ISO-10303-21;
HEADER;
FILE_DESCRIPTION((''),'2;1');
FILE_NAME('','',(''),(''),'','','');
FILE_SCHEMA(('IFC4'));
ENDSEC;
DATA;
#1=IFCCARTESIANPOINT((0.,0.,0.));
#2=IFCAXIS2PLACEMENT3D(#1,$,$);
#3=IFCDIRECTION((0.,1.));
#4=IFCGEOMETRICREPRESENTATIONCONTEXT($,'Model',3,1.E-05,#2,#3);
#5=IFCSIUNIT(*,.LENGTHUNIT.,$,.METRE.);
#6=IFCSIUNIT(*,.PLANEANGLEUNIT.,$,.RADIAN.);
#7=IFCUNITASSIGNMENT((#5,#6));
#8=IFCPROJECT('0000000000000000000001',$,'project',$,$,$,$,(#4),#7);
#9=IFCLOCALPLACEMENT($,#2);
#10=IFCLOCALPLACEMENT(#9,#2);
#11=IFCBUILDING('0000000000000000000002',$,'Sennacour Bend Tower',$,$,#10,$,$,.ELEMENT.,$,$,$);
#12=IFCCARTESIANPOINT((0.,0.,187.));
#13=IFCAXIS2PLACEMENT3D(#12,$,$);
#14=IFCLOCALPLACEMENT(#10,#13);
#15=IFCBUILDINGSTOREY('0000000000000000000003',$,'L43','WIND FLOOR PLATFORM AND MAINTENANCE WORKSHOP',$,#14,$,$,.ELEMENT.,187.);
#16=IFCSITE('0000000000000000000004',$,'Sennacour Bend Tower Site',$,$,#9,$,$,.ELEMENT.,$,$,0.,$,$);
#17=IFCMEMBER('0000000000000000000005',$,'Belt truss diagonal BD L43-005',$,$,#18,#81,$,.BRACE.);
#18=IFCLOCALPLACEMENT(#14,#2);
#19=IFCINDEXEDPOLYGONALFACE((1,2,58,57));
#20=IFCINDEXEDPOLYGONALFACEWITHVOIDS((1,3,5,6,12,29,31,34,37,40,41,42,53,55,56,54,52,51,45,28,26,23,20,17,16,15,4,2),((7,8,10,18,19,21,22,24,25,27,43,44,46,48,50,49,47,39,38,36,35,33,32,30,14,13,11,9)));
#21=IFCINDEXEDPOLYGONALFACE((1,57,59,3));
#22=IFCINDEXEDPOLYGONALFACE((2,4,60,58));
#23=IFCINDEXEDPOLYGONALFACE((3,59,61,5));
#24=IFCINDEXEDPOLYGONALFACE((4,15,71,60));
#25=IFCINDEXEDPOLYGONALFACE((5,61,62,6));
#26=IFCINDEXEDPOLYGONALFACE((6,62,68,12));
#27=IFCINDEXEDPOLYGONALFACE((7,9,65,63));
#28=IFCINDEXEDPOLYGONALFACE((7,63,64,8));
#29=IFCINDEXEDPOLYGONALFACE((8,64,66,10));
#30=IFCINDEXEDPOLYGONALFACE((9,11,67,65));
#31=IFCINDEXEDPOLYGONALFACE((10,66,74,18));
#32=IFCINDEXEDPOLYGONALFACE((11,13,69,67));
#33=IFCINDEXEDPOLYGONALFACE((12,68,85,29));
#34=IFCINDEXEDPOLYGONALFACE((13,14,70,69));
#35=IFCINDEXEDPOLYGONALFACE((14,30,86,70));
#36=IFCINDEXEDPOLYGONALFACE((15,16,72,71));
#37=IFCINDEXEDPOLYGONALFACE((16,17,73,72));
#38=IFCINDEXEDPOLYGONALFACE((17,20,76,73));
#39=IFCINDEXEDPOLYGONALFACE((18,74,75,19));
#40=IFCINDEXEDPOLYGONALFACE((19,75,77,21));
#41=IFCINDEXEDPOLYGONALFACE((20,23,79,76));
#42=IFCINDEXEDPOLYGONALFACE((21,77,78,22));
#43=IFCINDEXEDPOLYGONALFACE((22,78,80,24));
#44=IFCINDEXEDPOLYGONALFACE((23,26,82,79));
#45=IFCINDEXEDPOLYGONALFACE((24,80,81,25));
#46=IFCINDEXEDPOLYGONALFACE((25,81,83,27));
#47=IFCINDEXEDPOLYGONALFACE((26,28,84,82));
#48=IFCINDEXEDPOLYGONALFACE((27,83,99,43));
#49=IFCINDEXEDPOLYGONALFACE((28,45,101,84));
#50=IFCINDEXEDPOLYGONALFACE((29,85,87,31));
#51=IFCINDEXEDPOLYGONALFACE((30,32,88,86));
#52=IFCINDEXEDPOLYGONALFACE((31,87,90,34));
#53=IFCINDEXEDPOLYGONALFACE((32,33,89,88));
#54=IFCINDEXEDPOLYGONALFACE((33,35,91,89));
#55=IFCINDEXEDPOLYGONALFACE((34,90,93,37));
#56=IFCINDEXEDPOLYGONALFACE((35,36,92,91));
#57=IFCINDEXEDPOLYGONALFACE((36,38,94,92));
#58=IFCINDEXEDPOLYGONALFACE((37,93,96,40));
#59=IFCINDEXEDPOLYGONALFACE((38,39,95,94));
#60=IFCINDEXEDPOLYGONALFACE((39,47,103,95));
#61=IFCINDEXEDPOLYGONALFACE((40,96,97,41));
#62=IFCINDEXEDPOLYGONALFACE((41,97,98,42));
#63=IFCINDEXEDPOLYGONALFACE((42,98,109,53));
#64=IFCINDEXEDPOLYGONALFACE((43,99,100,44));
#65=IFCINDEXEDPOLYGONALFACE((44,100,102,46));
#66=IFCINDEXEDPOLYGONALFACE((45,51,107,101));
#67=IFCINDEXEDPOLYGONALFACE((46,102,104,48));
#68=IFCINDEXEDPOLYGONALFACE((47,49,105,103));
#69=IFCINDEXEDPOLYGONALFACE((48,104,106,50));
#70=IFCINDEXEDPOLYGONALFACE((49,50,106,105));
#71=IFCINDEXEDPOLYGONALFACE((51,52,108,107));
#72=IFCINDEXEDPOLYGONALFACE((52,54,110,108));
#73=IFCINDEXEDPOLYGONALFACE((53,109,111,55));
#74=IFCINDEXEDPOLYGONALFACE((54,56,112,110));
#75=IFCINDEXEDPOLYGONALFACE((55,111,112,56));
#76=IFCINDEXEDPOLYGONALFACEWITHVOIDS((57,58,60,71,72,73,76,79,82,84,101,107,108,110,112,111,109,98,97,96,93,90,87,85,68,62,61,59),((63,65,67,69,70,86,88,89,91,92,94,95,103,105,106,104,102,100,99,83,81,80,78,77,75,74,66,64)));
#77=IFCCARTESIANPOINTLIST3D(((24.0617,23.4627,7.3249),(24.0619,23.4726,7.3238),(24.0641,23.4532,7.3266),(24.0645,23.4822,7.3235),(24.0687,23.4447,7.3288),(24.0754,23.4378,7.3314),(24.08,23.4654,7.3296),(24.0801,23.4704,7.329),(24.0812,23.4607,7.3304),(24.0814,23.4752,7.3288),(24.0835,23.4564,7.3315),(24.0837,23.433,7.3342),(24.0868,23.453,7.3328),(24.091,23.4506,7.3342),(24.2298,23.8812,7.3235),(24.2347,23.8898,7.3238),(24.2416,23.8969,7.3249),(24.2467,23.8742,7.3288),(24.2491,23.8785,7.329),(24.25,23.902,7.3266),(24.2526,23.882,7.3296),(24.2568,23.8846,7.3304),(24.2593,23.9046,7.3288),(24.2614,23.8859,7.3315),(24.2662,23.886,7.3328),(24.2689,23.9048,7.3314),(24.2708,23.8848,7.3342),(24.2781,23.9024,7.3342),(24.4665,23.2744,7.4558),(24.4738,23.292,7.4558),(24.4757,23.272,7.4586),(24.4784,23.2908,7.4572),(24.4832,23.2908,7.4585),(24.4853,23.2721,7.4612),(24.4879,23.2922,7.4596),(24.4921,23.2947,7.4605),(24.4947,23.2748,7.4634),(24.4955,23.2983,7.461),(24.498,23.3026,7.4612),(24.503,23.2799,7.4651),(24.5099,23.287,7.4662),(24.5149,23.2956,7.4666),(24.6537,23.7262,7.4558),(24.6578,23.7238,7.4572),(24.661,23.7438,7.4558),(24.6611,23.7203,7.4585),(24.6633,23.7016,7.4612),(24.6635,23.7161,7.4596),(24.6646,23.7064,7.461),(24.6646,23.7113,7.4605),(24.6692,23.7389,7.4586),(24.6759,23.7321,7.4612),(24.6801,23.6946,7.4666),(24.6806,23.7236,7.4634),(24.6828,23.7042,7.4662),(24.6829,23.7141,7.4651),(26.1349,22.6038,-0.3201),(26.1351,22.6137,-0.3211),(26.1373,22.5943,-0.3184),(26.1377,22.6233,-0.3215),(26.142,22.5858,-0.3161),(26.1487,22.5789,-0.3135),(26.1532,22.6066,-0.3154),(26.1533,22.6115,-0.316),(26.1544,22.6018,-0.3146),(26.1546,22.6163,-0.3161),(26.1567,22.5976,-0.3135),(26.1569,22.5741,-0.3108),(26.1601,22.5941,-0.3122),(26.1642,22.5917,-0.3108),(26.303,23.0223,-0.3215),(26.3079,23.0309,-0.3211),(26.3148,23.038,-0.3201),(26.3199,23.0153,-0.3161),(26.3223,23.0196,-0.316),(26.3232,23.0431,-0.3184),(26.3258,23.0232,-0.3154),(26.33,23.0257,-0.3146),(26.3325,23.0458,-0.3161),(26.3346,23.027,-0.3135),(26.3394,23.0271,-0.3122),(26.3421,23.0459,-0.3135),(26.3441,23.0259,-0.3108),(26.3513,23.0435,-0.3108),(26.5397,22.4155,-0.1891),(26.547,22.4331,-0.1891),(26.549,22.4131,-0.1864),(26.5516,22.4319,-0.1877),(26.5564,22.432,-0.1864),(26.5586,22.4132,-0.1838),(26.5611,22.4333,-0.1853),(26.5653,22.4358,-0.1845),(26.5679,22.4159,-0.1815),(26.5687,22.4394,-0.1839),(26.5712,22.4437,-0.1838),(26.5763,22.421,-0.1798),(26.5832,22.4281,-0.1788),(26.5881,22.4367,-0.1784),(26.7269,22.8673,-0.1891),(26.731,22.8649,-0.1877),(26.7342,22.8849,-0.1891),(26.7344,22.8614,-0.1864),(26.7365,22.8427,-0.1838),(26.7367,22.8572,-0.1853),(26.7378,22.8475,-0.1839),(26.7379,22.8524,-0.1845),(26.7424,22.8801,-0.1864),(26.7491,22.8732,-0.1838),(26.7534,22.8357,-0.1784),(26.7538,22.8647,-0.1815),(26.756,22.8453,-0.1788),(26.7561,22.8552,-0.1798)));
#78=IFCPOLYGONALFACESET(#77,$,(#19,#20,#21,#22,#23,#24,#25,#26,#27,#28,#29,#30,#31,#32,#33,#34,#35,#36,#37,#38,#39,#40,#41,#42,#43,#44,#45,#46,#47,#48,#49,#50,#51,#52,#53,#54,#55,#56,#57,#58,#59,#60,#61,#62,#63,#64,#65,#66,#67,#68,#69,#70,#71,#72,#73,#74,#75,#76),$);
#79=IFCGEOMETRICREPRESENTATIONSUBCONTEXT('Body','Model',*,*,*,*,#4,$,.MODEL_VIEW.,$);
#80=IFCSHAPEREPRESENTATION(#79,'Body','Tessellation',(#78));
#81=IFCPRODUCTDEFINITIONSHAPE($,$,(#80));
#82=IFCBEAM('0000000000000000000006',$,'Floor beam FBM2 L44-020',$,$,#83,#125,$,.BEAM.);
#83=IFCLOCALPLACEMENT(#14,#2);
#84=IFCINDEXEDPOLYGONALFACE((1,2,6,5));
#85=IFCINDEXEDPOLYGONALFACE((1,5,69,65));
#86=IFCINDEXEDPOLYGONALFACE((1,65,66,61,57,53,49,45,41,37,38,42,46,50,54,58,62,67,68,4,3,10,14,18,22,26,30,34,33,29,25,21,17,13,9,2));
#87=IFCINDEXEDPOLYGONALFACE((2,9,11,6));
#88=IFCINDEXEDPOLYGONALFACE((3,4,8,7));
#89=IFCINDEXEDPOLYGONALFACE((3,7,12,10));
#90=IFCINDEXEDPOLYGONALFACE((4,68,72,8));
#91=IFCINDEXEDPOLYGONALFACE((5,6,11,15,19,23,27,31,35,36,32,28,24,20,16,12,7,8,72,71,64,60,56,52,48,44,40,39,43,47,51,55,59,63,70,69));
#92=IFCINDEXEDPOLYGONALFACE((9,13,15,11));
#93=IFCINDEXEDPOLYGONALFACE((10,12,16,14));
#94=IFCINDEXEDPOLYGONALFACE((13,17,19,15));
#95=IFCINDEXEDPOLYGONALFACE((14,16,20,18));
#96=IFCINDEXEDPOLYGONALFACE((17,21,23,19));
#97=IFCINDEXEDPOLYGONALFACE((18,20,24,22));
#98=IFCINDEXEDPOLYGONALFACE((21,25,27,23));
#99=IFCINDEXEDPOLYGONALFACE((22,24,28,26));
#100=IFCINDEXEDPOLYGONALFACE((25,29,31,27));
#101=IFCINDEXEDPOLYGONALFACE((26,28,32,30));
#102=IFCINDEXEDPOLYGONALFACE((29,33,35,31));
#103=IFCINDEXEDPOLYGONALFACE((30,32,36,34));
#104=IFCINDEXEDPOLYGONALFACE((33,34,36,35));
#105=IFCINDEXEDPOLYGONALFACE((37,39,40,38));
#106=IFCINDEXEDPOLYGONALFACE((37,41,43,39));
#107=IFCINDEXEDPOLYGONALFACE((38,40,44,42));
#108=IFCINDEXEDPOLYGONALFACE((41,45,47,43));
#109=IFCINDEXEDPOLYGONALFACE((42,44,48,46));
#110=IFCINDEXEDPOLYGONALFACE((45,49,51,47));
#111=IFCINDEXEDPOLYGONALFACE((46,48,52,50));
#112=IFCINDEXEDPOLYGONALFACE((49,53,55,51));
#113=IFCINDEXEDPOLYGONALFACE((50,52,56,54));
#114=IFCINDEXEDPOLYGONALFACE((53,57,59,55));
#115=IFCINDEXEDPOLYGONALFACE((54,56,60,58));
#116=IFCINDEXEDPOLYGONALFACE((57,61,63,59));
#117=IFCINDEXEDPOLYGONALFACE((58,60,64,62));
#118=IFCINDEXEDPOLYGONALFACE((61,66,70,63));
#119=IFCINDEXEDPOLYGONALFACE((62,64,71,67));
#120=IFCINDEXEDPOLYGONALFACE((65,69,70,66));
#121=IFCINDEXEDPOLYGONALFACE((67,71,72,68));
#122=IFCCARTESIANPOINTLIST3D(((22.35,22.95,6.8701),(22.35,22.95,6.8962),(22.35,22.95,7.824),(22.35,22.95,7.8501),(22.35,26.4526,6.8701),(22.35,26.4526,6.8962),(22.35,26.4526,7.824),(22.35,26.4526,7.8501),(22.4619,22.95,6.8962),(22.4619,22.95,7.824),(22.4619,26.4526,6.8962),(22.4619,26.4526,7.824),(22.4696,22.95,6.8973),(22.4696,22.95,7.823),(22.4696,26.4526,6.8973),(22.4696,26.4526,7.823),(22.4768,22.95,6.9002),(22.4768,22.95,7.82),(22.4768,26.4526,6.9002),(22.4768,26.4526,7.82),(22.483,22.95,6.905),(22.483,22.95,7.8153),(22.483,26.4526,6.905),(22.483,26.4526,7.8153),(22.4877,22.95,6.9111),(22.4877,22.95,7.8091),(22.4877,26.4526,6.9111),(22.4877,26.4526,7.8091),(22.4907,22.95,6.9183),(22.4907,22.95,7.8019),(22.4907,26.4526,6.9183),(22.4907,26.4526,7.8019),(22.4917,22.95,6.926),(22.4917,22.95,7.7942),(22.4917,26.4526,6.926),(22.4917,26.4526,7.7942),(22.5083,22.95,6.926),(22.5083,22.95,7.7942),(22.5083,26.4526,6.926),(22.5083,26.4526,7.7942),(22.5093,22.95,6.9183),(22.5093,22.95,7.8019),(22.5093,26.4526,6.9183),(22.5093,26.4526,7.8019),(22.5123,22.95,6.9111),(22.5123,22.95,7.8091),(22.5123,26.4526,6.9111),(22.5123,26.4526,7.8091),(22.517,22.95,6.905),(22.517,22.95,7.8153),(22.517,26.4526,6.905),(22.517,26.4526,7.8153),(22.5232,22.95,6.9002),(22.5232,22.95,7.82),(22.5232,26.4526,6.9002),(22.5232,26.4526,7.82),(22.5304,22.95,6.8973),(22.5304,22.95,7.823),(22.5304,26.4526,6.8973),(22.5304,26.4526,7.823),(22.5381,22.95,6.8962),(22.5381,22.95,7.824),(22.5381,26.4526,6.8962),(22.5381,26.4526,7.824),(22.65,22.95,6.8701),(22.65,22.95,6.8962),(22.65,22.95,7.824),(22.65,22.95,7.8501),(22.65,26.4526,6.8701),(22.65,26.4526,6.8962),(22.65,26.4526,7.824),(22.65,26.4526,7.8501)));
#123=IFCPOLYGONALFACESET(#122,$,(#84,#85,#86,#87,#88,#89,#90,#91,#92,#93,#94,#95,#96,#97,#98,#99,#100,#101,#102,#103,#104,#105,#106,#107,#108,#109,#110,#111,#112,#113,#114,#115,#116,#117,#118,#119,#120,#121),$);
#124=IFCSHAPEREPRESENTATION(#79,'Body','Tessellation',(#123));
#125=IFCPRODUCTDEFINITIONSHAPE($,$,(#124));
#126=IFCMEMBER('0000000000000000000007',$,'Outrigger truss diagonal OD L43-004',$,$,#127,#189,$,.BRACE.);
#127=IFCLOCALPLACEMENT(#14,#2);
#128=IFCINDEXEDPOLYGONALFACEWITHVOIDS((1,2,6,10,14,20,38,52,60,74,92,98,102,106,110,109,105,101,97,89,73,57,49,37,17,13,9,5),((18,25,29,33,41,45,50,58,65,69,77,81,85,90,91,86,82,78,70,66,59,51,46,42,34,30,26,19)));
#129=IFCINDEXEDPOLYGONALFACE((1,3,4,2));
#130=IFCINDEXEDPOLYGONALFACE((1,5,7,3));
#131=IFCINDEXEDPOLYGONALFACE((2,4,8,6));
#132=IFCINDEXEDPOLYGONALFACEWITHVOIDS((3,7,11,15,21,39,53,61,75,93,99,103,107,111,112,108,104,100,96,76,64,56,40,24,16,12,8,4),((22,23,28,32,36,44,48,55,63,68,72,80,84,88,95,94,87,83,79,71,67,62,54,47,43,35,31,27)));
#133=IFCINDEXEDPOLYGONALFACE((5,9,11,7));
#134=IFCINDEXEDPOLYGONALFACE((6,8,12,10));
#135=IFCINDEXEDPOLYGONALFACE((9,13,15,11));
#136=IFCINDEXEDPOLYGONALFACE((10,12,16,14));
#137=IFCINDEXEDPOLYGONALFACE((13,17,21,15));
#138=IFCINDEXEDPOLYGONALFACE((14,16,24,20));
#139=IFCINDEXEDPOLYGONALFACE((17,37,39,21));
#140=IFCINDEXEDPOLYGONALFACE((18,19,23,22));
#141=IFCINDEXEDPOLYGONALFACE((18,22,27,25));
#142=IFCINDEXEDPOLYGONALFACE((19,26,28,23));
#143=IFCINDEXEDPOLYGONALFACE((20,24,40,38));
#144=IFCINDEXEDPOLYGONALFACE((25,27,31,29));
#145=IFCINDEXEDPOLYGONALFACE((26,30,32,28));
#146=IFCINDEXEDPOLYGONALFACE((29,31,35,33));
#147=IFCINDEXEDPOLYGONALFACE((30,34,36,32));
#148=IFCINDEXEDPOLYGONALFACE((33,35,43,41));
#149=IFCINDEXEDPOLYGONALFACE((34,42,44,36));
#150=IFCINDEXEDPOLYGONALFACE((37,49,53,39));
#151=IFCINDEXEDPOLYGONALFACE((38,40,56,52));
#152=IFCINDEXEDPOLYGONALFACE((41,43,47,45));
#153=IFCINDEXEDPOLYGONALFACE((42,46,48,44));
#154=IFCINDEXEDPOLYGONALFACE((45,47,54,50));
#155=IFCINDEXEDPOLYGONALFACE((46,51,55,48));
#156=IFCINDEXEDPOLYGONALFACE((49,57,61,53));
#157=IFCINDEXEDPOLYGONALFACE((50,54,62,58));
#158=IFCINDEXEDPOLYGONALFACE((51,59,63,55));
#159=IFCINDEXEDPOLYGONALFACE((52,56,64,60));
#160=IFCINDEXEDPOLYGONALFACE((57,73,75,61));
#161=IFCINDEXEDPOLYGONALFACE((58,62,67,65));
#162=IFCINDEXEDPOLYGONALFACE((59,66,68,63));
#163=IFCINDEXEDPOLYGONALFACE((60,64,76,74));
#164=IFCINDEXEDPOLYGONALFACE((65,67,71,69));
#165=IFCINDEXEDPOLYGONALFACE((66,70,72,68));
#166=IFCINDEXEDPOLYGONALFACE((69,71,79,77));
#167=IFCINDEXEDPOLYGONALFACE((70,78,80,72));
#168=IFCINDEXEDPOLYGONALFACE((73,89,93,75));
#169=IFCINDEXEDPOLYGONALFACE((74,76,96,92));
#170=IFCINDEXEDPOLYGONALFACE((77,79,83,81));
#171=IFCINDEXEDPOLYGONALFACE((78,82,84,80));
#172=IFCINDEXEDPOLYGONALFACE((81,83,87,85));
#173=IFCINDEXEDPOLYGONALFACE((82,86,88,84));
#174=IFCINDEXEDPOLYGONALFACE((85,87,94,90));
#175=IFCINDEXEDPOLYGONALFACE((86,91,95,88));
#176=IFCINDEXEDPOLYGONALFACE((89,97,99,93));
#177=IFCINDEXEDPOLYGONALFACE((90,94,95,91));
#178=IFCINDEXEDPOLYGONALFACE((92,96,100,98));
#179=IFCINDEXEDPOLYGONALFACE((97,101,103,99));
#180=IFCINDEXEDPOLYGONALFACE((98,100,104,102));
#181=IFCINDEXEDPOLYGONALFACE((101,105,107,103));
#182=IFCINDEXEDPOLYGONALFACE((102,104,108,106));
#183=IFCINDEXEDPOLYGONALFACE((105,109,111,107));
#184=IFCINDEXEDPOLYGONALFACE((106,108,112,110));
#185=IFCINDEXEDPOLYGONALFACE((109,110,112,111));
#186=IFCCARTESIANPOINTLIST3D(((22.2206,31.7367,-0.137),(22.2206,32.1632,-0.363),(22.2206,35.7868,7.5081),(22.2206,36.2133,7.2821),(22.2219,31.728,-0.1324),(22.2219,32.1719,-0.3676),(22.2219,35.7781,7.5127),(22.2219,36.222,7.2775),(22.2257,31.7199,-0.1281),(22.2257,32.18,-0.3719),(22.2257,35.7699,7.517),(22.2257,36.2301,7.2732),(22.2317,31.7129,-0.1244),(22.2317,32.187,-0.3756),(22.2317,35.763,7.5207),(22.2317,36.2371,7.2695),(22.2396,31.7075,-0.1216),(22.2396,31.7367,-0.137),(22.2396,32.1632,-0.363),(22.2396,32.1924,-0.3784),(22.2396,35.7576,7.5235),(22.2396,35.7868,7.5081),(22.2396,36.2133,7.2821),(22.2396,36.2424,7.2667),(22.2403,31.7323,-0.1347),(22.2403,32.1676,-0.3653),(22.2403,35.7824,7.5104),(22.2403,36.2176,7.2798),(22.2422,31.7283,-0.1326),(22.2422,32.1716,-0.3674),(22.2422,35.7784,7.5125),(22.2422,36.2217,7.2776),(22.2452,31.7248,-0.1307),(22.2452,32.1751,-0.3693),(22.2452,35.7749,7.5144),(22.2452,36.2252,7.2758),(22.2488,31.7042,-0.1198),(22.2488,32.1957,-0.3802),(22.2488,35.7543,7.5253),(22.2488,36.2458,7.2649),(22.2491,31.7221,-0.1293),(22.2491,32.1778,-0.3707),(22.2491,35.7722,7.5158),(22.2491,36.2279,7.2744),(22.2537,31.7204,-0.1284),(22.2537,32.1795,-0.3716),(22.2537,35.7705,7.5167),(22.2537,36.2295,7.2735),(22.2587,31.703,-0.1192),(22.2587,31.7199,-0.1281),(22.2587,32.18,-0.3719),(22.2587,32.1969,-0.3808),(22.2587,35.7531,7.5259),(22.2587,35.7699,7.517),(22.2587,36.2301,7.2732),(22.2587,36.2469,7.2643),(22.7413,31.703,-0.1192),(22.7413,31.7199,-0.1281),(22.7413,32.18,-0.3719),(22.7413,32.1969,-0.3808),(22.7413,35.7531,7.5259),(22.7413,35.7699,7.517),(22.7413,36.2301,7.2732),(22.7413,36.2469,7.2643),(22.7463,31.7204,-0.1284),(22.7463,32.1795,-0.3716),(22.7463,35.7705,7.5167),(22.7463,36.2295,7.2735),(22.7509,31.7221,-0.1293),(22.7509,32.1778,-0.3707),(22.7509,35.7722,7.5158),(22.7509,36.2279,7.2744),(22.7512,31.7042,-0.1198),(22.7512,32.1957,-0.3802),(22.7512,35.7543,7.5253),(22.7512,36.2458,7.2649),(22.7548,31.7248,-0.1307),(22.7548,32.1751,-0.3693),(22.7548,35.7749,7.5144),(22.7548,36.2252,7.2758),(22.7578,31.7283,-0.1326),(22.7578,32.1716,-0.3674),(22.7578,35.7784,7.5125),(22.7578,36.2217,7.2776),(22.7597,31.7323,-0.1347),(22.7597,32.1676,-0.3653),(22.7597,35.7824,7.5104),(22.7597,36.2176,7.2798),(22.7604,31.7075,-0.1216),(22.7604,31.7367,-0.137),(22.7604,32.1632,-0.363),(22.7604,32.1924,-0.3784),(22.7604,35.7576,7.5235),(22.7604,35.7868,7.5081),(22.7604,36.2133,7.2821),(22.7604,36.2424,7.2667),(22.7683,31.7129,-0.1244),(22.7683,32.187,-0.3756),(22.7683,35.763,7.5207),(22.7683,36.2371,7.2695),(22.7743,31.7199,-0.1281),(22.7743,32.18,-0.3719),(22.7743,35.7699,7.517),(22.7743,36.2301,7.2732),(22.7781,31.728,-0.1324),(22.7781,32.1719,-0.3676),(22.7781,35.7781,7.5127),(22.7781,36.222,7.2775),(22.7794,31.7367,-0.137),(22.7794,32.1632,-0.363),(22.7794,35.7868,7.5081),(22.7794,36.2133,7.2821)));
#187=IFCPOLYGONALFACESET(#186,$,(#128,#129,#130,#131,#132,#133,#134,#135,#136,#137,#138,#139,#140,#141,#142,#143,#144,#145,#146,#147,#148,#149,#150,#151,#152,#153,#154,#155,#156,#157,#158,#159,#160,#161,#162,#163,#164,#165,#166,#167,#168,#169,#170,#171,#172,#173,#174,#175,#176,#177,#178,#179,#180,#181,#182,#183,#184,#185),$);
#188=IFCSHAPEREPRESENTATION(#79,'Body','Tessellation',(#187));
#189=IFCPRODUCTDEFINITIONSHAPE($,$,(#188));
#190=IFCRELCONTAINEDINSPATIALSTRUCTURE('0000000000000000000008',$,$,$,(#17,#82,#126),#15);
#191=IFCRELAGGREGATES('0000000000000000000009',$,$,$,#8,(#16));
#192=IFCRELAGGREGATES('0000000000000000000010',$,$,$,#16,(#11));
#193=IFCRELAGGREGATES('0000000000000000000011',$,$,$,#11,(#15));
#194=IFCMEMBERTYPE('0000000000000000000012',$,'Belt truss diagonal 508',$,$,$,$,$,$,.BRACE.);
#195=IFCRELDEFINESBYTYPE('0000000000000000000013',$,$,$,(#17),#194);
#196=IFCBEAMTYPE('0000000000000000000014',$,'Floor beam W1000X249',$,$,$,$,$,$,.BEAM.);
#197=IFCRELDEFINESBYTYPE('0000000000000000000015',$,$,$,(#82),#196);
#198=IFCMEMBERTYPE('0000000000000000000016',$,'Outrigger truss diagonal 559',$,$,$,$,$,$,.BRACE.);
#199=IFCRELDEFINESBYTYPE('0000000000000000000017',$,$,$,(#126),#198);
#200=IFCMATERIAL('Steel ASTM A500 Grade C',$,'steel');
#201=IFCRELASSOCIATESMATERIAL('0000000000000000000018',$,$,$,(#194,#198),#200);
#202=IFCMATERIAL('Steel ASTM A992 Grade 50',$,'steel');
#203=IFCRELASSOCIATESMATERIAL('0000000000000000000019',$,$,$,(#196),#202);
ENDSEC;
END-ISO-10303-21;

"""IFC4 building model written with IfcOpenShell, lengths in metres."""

from ifc_helpers import new_model, si_unit, direction, frame, origin, origin_2d, place, context, subcontext, project, spatial, hollow_rectangle, i_section, extrude, material, material_profile, profile_set, type_object, element, save


model = new_model("IFC4")

# Units and contexts
model_context = context("Model", 3, precision=1e-05, world=origin(), true_north=direction((0.0, 1.0)))
body_context = subcontext(model_context, "Body", "Model", "MODEL_VIEW")
ifc_project = project(units=[si_unit("LENGTHUNIT", "METRE"), si_unit("PLANEANGLEUNIT", "RADIAN")], contexts=[model_context])

# Site, building, storey
site_placement = place(None, origin())
site = spatial("IfcSite", under=ifc_project, at=site_placement, Name="Sennacour Bend Tower Site", CompositionType="ELEMENT", RefElevation=0.0)
building_placement = place(site_placement, origin())
building = spatial("IfcBuilding", under=site, at=building_placement, Name="Sennacour Bend Tower", CompositionType="ELEMENT")
storey_placement = place(building_placement, frame((0.0, 0.0, 187.0)))
storey = spatial("IfcBuildingStorey", under=building, at=storey_placement, Name="L43", Description="WIND FLOOR PLATFORM AND MAINTENANCE WORKSHOP", CompositionType="ELEMENT", Elevation=187.0)

# Member
ifc_material_1 = material(Name="Steel ASTM A992 Grade 50", Category="steel")
ifc_material_2 = material(Name="Steel ASTM A500 Grade C", Category="steel")
ifc_material_profile_1 = material_profile(ifc_material_2, hollow_rectangle(XDim=0.5081, YDim=0.5081, WallThickness=0.019, InnerFilletRadius=0.019, OuterFilletRadius=0.0381, at=origin_2d()), Name="Steel ASTM A500 Grade C", Category="steel")
ifc_profile_set_1 = profile_set([ifc_material_profile_1], Name="Steel ASTM A500 Grade C")
member_type_1 = type_object("IfcMemberType", Name="Belt truss diagonal 508", PredefinedType="BRACE", material=ifc_profile_set_1)
for number, where, z_axis, x_axis, name in (
    (1, (24.3723, 23.5884, 7.395), (0.26021, -0.107798, -0.959516), (0.38273, 0.92386, 0.0), "Belt truss diagonal BD L43-005"),
):
    element("IfcMember", number, at=place(storey_placement, frame(where, z_axis=z_axis, x_axis=x_axis)), inside=storey, type_object=member_type_1, Name=name, PredefinedType="BRACE", context=body_context, shape_type="SweptSolid", body=[
        extrude(hollow_rectangle(XDim=0.5081, YDim=0.5081, WallThickness=0.019, InnerFilletRadius=0.019, OuterFilletRadius=0.0381, at=origin_2d()), origin(), (0.0, 0.0, 1.0), 7.9675),
    ])

# Beam
ifc_material_profile_2 = material_profile(ifc_material_1, i_section(OverallWidth=0.3, OverallDepth=0.98, WebThickness=0.0166, FlangeThickness=0.0261, FilletRadius=0.0298, at=origin_2d()), Name="Steel ASTM A992 Grade 50", Category="steel")
ifc_profile_set_2 = profile_set([ifc_material_profile_2], Name="Steel ASTM A992 Grade 50")
beam_type_1 = type_object("IfcBeamType", Name="Floor beam W1000X249", PredefinedType="BEAM", material=ifc_profile_set_2)
beam_1_placement = place(storey_placement, frame((22.5, 22.95, 7.3601), z_axis=(0.0, 1.0, 0.0), x_axis=(-1.0, 0.0, 0.0)))
element("IfcBeam", 2, at=beam_1_placement, inside=storey, type_object=beam_type_1, Name="Floor beam FBM2 L44-020", PredefinedType="BEAM", context=body_context, shape_type="SweptSolid", body=[
    extrude(i_section(OverallWidth=0.3, OverallDepth=0.98, WebThickness=0.0166, FlangeThickness=0.0261, FilletRadius=0.0298, at=origin_2d()), origin(), (0.0, 0.0, 1.0), 3.5027),
])

# Member
ifc_material_profile_3 = material_profile(ifc_material_2, hollow_rectangle(XDim=0.5588, YDim=0.5588, WallThickness=0.019, InnerFilletRadius=0.019, OuterFilletRadius=0.0381, at=origin_2d()), Name="Steel ASTM A500 Grade C", Category="steel")
ifc_profile_set_3 = profile_set([ifc_material_profile_3], Name="Steel ASTM A500 Grade C")
member_type_2 = type_object("IfcMemberType", Name="Outrigger truss diagonal 559", PredefinedType="BRACE", material=ifc_profile_set_3)
member_1_placement = place(storey_placement, frame((22.5, 31.95, -0.25), z_axis=(0.0, 0.46813, 0.88366), x_axis=(-1.0, 0.0, 0.0)))
element("IfcMember", 3, at=member_1_placement, inside=storey, type_object=member_type_2, Name="Outrigger truss diagonal OD L43-004", PredefinedType="BRACE", context=body_context, shape_type="SweptSolid", body=[
    extrude(hollow_rectangle(XDim=0.5588, YDim=0.5588, WallThickness=0.019, InnerFilletRadius=0.019, OuterFilletRadius=0.0381, at=origin_2d()), origin(), (0.0, 0.0, 1.0), 8.6516),
])

save(model, "model.ifc")
